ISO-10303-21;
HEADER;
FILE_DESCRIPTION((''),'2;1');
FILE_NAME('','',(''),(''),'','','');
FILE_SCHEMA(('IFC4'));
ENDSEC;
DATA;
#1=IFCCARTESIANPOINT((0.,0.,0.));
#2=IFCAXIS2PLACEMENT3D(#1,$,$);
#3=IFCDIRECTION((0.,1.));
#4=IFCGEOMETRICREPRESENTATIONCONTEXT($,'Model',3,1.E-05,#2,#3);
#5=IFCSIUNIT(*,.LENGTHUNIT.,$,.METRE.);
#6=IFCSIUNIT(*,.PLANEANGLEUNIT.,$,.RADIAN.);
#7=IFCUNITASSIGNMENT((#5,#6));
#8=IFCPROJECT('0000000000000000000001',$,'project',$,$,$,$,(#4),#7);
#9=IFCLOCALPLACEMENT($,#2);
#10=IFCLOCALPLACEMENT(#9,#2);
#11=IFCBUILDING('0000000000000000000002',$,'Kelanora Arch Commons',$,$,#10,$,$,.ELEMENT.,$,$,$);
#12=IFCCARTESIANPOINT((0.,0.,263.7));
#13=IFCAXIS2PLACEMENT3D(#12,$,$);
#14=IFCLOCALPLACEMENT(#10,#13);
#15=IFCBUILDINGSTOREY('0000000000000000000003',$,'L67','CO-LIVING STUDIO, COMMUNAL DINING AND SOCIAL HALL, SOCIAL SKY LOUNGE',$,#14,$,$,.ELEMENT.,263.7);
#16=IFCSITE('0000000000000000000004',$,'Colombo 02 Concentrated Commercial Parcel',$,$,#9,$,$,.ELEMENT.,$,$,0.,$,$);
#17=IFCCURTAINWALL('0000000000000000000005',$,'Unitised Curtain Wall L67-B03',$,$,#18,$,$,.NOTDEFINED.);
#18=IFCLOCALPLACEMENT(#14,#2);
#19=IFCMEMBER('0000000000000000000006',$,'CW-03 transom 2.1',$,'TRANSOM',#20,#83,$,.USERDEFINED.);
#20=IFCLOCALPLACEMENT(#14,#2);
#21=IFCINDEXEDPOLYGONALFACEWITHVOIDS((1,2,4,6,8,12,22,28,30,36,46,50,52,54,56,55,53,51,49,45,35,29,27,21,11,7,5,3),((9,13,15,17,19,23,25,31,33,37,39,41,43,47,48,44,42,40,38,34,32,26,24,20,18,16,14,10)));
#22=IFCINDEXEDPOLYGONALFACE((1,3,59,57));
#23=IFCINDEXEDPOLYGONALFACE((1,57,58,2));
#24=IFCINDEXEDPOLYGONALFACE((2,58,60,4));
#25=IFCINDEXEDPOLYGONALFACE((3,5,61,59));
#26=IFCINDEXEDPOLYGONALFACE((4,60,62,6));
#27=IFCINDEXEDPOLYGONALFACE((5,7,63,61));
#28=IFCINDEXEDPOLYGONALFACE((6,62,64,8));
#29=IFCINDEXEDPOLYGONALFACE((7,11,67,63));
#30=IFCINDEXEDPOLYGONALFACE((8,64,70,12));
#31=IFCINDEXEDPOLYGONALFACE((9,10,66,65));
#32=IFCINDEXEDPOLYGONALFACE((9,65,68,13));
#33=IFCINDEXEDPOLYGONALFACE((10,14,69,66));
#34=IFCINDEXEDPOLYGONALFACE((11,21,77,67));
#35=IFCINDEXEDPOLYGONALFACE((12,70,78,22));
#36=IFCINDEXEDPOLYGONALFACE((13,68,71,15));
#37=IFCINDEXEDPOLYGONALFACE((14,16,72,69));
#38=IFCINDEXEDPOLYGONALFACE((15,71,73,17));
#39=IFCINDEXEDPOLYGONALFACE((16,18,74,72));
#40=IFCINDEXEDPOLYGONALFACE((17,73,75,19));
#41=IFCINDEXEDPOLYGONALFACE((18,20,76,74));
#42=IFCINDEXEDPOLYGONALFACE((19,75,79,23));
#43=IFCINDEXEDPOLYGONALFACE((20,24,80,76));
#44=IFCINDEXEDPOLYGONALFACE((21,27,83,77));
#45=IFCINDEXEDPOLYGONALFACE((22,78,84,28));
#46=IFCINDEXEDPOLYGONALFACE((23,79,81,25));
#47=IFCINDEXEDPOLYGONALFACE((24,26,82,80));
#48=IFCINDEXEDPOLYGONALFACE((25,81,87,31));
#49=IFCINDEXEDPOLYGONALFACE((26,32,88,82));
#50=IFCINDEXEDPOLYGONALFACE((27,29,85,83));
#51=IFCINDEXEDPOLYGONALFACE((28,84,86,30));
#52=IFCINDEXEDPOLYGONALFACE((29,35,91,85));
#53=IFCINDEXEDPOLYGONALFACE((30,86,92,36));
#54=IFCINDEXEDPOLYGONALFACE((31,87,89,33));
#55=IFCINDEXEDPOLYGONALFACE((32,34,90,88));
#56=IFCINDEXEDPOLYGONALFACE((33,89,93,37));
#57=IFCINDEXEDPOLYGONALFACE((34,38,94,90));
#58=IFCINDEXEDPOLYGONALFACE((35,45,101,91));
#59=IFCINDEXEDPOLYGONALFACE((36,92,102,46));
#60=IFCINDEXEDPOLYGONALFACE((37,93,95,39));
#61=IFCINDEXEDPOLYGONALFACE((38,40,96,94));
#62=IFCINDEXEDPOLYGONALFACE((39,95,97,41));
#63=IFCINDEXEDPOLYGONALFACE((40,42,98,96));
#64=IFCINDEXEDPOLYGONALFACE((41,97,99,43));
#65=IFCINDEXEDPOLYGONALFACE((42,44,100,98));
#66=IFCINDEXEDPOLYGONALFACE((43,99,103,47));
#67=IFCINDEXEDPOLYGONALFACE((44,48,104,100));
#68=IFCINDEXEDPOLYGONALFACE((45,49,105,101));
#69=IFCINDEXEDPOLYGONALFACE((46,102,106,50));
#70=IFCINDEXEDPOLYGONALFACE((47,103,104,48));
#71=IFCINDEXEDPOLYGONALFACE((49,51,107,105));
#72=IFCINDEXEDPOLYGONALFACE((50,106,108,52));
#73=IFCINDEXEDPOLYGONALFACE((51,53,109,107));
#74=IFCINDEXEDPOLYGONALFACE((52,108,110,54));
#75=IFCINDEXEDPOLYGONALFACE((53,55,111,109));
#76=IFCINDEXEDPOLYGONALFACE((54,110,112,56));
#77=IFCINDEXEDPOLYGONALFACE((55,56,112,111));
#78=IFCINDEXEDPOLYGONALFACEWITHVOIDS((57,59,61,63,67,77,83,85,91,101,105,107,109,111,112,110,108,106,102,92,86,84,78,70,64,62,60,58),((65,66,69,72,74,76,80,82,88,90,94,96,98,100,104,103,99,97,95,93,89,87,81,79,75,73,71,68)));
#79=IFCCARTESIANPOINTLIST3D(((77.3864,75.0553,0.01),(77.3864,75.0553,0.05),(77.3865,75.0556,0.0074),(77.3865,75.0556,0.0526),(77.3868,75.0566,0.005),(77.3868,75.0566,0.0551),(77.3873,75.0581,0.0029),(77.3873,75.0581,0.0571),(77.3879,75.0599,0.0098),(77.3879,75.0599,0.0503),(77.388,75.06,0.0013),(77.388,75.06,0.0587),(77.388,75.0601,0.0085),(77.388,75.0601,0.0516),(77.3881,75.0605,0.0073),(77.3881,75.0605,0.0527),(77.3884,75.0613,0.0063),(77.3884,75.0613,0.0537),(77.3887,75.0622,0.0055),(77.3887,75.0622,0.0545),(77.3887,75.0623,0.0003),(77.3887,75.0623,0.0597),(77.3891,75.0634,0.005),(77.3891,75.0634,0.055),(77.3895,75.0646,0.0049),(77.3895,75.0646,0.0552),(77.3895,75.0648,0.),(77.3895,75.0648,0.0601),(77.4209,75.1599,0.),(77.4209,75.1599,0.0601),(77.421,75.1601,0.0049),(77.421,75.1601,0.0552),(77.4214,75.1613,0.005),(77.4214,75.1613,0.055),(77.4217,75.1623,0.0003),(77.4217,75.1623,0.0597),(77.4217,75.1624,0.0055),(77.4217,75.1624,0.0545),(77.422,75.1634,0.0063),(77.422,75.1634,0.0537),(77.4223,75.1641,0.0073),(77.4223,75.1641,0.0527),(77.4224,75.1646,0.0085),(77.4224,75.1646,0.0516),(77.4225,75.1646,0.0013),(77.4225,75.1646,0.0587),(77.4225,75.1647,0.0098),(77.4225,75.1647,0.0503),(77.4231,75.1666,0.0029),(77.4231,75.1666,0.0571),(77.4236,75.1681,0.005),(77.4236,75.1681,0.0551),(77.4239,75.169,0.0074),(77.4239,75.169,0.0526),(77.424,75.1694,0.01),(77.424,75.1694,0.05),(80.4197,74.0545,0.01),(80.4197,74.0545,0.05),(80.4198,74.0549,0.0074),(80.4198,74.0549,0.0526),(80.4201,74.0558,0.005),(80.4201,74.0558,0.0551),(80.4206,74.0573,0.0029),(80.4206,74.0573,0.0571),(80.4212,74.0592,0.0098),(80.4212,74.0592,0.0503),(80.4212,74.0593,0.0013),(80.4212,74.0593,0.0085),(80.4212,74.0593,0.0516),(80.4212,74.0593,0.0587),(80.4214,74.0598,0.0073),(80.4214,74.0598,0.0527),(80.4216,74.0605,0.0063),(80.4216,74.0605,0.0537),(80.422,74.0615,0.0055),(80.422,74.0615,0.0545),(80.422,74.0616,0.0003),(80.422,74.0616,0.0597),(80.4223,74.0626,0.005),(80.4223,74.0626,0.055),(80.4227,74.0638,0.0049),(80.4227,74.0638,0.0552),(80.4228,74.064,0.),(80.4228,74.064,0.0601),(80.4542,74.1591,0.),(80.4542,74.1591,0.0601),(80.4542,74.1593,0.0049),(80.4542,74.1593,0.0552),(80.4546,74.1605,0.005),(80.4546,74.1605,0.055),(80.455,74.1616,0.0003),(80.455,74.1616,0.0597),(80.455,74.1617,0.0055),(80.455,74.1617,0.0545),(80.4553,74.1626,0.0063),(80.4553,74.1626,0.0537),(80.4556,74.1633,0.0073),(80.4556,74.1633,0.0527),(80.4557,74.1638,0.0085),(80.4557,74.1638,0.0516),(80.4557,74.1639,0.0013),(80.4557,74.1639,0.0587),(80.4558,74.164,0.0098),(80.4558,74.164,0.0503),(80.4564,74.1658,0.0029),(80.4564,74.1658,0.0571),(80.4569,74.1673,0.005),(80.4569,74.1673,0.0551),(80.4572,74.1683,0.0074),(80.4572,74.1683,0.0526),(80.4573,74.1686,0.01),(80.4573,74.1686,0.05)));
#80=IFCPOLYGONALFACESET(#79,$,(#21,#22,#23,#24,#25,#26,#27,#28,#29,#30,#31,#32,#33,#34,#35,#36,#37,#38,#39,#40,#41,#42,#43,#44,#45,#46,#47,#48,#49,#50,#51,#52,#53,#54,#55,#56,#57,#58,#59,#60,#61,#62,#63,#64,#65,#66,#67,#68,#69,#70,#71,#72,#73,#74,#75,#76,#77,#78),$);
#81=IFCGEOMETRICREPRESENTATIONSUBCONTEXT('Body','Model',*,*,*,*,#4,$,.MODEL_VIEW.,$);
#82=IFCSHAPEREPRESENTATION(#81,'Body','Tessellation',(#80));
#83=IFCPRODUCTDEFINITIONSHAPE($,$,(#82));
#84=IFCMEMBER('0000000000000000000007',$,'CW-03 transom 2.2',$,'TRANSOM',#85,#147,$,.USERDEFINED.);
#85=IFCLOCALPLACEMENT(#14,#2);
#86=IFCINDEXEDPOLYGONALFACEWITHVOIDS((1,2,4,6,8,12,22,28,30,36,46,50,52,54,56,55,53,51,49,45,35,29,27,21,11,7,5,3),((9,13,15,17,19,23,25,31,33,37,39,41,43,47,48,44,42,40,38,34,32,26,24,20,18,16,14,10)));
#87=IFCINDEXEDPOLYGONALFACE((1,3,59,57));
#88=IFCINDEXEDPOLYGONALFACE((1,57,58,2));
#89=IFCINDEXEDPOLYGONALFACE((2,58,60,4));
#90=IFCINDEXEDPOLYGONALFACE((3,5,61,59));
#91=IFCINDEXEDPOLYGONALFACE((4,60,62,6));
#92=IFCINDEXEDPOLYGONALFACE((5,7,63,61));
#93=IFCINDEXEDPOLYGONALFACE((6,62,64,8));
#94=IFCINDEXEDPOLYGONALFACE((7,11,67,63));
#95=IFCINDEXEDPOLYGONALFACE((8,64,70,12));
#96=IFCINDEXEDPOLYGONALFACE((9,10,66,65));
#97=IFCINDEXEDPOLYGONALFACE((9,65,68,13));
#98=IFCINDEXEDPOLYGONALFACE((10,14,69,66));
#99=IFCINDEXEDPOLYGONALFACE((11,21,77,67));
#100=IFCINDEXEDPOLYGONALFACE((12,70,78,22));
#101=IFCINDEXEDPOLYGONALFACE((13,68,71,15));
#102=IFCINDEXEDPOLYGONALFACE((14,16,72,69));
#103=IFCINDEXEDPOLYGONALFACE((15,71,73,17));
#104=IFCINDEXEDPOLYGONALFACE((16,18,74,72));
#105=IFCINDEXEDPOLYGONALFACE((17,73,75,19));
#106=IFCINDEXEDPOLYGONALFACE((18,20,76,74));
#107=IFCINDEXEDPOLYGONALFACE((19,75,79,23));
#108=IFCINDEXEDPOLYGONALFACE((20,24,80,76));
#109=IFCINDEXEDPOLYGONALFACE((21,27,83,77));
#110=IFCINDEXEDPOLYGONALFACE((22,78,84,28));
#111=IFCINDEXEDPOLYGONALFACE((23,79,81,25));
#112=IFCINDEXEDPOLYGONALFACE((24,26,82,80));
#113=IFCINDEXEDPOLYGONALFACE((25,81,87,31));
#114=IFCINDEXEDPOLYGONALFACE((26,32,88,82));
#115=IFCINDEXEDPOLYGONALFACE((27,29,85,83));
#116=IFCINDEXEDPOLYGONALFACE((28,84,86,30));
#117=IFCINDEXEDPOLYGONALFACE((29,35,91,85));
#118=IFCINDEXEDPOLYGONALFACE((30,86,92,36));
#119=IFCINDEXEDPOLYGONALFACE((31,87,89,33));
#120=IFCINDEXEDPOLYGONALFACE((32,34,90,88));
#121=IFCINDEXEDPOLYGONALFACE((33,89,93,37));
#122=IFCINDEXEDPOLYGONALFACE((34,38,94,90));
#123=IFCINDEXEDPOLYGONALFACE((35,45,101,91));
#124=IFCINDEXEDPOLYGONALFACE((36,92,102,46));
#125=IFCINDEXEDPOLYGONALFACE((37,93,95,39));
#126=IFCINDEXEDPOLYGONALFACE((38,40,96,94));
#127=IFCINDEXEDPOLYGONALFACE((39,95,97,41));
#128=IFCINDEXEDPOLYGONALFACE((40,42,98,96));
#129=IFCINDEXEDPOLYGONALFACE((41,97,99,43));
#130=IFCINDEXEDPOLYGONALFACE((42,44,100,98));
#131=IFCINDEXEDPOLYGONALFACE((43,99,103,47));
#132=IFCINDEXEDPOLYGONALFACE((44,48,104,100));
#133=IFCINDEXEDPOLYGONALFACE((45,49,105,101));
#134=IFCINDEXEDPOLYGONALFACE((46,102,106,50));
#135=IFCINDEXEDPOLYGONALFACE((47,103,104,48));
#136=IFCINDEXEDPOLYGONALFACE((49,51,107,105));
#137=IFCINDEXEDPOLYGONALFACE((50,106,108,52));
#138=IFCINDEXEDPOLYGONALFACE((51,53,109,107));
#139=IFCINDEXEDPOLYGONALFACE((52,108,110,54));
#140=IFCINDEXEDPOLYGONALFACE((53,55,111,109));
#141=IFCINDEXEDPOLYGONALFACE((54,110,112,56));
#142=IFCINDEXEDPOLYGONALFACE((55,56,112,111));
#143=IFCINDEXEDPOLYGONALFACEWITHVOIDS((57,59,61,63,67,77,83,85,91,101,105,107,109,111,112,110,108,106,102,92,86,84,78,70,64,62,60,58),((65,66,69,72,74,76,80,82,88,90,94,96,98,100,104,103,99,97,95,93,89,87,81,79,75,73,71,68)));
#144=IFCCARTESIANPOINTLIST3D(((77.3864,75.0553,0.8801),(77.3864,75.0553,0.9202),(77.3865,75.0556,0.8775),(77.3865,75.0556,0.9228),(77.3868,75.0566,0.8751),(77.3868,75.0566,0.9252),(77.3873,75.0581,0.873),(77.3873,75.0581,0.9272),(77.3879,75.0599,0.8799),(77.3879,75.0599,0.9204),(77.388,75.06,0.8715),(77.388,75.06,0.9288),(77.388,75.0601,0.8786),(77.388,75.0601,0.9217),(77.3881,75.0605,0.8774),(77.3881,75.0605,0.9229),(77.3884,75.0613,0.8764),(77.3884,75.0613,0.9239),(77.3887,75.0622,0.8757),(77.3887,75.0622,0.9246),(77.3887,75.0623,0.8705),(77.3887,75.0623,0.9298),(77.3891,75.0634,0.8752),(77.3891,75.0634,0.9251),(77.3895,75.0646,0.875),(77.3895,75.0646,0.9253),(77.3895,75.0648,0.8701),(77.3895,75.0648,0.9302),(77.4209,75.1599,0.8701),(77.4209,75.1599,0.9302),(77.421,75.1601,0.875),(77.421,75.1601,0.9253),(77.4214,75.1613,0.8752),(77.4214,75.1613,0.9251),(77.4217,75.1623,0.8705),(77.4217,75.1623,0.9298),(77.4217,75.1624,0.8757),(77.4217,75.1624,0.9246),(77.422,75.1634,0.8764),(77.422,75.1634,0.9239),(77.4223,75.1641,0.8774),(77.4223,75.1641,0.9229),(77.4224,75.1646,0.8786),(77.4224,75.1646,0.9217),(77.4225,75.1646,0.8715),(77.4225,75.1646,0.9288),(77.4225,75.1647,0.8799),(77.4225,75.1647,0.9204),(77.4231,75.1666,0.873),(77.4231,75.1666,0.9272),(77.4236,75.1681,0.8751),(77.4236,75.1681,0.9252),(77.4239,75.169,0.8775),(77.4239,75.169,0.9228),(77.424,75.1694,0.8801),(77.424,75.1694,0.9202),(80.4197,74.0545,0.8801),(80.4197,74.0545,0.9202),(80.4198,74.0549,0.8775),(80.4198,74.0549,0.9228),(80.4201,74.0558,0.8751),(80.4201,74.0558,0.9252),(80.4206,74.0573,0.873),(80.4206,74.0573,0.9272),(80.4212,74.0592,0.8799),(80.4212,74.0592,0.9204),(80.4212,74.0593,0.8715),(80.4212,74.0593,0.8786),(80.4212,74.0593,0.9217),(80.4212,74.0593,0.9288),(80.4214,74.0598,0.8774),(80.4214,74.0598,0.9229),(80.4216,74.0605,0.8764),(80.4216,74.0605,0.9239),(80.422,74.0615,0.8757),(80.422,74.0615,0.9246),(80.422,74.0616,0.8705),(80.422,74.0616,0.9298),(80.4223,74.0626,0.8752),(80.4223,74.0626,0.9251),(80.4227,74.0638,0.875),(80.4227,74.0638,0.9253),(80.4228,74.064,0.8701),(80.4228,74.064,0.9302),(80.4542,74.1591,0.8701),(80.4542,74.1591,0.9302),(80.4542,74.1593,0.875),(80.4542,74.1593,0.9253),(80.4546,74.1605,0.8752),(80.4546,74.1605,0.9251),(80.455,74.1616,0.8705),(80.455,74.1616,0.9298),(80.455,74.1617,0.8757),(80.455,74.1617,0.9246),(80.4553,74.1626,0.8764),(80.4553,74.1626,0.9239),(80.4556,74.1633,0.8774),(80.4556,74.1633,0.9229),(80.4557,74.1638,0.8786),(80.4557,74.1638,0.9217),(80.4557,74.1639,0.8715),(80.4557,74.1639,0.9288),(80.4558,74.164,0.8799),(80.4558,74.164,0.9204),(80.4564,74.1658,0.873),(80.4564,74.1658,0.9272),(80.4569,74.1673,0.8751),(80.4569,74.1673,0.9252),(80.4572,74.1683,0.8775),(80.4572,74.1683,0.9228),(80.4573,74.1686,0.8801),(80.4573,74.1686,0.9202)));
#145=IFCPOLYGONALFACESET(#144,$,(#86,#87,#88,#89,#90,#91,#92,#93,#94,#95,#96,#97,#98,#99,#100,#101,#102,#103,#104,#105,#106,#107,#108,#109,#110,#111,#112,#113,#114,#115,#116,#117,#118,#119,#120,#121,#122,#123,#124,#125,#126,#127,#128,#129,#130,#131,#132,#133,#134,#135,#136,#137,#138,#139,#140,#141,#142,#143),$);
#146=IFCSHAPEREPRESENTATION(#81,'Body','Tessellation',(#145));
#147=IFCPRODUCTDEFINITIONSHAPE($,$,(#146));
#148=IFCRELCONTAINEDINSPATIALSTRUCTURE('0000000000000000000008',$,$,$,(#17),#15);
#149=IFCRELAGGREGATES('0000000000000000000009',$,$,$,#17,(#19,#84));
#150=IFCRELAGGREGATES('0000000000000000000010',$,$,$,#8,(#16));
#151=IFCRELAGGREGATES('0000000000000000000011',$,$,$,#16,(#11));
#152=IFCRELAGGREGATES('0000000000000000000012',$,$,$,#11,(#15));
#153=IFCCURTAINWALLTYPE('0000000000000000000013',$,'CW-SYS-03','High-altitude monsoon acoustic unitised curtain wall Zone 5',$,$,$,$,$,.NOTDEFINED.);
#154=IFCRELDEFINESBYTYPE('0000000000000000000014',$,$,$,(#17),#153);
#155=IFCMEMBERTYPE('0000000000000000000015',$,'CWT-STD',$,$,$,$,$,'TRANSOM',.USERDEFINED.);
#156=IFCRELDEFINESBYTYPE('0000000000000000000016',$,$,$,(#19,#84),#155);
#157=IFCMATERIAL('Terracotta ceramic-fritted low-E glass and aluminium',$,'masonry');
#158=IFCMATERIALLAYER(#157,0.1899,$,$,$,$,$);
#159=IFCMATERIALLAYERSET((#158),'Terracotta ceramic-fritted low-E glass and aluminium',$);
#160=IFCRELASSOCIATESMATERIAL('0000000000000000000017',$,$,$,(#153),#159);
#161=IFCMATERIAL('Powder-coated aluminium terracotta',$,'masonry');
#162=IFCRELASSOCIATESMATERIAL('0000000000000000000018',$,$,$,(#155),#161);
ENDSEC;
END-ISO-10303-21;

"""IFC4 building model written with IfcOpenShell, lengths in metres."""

from ifc_helpers import new_model, si_unit, direction, frame, origin, origin_2d, place, context, subcontext, project, spatial, hollow_rectangle, extrude, material, layer, layer_set, material_profile, profile_set, type_object, element, aggregate, save


model = new_model("IFC4")

# Units and contexts
model_context = context("Model", 3, precision=1e-05, world=origin(), true_north=direction((0.0, 1.0)))
body_context = subcontext(model_context, "Body", "Model", "MODEL_VIEW")
ifc_project = project(units=[si_unit("LENGTHUNIT", "METRE"), si_unit("PLANEANGLEUNIT", "RADIAN")], contexts=[model_context])

# Site, building, storey
site_placement = place(None, origin())
site = spatial("IfcSite", under=ifc_project, at=site_placement, Name="Colombo 02 Concentrated Commercial Parcel", CompositionType="ELEMENT", RefElevation=0.0)
building_placement = place(site_placement, origin())
building = spatial("IfcBuilding", under=site, at=building_placement, Name="Kelanora Arch Commons", CompositionType="ELEMENT")
storey_placement = place(building_placement, frame((0.0, 0.0, 263.7)))
storey = spatial("IfcBuildingStorey", under=building, at=storey_placement, Name="L67", Description="CO-LIVING STUDIO, COMMUNAL DINING AND SOCIAL HALL, SOCIAL SKY LOUNGE", CompositionType="ELEMENT", Elevation=263.7)

# Curtain wall, members
ifc_material_1 = material(Name="Terracotta ceramic-fritted low-E glass and aluminium", Category="masonry")
ifc_layer_1 = layer(ifc_material_1, 0.1899)
ifc_layer_set_1 = layer_set([ifc_layer_1], Name="Terracotta ceramic-fritted low-E glass and aluminium")
curtain_wall_type = type_object("IfcCurtainWallType", Name="CW-SYS-03", Description="High-altitude monsoon acoustic unitised curtain wall Zone 5", PredefinedType="NOTDEFINED", material=ifc_layer_set_1)
curtain_wall_placement = place(storey_placement, origin())
curtain_wall = element("IfcCurtainWall", 1, at=curtain_wall_placement, inside=storey, type_object=curtain_wall_type, Name="Unitised Curtain Wall L67-B03", PredefinedType="NOTDEFINED")
ifc_material_2 = material(Name="Powder-coated aluminium terracotta", Category="masonry")
ifc_material_profile_1 = material_profile(ifc_material_2, hollow_rectangle(XDim=0.1201, YDim=0.0601, WallThickness=0.0049, InnerFilletRadius=0.0049, OuterFilletRadius=0.01, at=origin_2d()), Name="CWT120x60")
ifc_profile_set_1 = profile_set([ifc_material_profile_1], Name="Powder-coated aluminium terracotta")
member_type_1 = type_object("IfcMemberType", Name="CWT-STD", ElementType="TRANSOM", PredefinedType="USERDEFINED", material=ifc_profile_set_1)
member_1_placement = place(storey_placement, frame((80.4385, 74.1116, 0.03), z_axis=(-0.94965, 0.313314, 0.0), x_axis=(-0.313314, -0.94965, 0.0)))
member_1 = element("IfcMember", 2, at=member_1_placement, type_object=member_type_1, Name="CW-03 transom 2.1", ObjectType="TRANSOM", PredefinedType="USERDEFINED", context=body_context, shape_type="SweptSolid", body=[
    extrude(hollow_rectangle(XDim=0.1201, YDim=0.0601, WallThickness=0.0049, InnerFilletRadius=0.0049, OuterFilletRadius=0.01, at=origin_2d()), origin(), (0.0, 0.0, 1.0), 3.1941),
])
member_2_placement = place(storey_placement, frame((80.4385, 74.1116, 0.9001), z_axis=(-0.94965, 0.313314, 0.0), x_axis=(-0.313314, -0.94965, 0.0)))
member_2 = element("IfcMember", 3, at=member_2_placement, type_object=member_type_1, Name="CW-03 transom 2.2", ObjectType="TRANSOM", PredefinedType="USERDEFINED", context=body_context, shape_type="SweptSolid", body=[
    extrude(hollow_rectangle(XDim=0.1201, YDim=0.0601, WallThickness=0.0049, InnerFilletRadius=0.0049, OuterFilletRadius=0.01, at=origin_2d()), origin(), (0.0, 0.0, 1.0), 3.1941),
])
aggregate(curtain_wall, [member_1, member_2])

save(model, "model.ifc")
